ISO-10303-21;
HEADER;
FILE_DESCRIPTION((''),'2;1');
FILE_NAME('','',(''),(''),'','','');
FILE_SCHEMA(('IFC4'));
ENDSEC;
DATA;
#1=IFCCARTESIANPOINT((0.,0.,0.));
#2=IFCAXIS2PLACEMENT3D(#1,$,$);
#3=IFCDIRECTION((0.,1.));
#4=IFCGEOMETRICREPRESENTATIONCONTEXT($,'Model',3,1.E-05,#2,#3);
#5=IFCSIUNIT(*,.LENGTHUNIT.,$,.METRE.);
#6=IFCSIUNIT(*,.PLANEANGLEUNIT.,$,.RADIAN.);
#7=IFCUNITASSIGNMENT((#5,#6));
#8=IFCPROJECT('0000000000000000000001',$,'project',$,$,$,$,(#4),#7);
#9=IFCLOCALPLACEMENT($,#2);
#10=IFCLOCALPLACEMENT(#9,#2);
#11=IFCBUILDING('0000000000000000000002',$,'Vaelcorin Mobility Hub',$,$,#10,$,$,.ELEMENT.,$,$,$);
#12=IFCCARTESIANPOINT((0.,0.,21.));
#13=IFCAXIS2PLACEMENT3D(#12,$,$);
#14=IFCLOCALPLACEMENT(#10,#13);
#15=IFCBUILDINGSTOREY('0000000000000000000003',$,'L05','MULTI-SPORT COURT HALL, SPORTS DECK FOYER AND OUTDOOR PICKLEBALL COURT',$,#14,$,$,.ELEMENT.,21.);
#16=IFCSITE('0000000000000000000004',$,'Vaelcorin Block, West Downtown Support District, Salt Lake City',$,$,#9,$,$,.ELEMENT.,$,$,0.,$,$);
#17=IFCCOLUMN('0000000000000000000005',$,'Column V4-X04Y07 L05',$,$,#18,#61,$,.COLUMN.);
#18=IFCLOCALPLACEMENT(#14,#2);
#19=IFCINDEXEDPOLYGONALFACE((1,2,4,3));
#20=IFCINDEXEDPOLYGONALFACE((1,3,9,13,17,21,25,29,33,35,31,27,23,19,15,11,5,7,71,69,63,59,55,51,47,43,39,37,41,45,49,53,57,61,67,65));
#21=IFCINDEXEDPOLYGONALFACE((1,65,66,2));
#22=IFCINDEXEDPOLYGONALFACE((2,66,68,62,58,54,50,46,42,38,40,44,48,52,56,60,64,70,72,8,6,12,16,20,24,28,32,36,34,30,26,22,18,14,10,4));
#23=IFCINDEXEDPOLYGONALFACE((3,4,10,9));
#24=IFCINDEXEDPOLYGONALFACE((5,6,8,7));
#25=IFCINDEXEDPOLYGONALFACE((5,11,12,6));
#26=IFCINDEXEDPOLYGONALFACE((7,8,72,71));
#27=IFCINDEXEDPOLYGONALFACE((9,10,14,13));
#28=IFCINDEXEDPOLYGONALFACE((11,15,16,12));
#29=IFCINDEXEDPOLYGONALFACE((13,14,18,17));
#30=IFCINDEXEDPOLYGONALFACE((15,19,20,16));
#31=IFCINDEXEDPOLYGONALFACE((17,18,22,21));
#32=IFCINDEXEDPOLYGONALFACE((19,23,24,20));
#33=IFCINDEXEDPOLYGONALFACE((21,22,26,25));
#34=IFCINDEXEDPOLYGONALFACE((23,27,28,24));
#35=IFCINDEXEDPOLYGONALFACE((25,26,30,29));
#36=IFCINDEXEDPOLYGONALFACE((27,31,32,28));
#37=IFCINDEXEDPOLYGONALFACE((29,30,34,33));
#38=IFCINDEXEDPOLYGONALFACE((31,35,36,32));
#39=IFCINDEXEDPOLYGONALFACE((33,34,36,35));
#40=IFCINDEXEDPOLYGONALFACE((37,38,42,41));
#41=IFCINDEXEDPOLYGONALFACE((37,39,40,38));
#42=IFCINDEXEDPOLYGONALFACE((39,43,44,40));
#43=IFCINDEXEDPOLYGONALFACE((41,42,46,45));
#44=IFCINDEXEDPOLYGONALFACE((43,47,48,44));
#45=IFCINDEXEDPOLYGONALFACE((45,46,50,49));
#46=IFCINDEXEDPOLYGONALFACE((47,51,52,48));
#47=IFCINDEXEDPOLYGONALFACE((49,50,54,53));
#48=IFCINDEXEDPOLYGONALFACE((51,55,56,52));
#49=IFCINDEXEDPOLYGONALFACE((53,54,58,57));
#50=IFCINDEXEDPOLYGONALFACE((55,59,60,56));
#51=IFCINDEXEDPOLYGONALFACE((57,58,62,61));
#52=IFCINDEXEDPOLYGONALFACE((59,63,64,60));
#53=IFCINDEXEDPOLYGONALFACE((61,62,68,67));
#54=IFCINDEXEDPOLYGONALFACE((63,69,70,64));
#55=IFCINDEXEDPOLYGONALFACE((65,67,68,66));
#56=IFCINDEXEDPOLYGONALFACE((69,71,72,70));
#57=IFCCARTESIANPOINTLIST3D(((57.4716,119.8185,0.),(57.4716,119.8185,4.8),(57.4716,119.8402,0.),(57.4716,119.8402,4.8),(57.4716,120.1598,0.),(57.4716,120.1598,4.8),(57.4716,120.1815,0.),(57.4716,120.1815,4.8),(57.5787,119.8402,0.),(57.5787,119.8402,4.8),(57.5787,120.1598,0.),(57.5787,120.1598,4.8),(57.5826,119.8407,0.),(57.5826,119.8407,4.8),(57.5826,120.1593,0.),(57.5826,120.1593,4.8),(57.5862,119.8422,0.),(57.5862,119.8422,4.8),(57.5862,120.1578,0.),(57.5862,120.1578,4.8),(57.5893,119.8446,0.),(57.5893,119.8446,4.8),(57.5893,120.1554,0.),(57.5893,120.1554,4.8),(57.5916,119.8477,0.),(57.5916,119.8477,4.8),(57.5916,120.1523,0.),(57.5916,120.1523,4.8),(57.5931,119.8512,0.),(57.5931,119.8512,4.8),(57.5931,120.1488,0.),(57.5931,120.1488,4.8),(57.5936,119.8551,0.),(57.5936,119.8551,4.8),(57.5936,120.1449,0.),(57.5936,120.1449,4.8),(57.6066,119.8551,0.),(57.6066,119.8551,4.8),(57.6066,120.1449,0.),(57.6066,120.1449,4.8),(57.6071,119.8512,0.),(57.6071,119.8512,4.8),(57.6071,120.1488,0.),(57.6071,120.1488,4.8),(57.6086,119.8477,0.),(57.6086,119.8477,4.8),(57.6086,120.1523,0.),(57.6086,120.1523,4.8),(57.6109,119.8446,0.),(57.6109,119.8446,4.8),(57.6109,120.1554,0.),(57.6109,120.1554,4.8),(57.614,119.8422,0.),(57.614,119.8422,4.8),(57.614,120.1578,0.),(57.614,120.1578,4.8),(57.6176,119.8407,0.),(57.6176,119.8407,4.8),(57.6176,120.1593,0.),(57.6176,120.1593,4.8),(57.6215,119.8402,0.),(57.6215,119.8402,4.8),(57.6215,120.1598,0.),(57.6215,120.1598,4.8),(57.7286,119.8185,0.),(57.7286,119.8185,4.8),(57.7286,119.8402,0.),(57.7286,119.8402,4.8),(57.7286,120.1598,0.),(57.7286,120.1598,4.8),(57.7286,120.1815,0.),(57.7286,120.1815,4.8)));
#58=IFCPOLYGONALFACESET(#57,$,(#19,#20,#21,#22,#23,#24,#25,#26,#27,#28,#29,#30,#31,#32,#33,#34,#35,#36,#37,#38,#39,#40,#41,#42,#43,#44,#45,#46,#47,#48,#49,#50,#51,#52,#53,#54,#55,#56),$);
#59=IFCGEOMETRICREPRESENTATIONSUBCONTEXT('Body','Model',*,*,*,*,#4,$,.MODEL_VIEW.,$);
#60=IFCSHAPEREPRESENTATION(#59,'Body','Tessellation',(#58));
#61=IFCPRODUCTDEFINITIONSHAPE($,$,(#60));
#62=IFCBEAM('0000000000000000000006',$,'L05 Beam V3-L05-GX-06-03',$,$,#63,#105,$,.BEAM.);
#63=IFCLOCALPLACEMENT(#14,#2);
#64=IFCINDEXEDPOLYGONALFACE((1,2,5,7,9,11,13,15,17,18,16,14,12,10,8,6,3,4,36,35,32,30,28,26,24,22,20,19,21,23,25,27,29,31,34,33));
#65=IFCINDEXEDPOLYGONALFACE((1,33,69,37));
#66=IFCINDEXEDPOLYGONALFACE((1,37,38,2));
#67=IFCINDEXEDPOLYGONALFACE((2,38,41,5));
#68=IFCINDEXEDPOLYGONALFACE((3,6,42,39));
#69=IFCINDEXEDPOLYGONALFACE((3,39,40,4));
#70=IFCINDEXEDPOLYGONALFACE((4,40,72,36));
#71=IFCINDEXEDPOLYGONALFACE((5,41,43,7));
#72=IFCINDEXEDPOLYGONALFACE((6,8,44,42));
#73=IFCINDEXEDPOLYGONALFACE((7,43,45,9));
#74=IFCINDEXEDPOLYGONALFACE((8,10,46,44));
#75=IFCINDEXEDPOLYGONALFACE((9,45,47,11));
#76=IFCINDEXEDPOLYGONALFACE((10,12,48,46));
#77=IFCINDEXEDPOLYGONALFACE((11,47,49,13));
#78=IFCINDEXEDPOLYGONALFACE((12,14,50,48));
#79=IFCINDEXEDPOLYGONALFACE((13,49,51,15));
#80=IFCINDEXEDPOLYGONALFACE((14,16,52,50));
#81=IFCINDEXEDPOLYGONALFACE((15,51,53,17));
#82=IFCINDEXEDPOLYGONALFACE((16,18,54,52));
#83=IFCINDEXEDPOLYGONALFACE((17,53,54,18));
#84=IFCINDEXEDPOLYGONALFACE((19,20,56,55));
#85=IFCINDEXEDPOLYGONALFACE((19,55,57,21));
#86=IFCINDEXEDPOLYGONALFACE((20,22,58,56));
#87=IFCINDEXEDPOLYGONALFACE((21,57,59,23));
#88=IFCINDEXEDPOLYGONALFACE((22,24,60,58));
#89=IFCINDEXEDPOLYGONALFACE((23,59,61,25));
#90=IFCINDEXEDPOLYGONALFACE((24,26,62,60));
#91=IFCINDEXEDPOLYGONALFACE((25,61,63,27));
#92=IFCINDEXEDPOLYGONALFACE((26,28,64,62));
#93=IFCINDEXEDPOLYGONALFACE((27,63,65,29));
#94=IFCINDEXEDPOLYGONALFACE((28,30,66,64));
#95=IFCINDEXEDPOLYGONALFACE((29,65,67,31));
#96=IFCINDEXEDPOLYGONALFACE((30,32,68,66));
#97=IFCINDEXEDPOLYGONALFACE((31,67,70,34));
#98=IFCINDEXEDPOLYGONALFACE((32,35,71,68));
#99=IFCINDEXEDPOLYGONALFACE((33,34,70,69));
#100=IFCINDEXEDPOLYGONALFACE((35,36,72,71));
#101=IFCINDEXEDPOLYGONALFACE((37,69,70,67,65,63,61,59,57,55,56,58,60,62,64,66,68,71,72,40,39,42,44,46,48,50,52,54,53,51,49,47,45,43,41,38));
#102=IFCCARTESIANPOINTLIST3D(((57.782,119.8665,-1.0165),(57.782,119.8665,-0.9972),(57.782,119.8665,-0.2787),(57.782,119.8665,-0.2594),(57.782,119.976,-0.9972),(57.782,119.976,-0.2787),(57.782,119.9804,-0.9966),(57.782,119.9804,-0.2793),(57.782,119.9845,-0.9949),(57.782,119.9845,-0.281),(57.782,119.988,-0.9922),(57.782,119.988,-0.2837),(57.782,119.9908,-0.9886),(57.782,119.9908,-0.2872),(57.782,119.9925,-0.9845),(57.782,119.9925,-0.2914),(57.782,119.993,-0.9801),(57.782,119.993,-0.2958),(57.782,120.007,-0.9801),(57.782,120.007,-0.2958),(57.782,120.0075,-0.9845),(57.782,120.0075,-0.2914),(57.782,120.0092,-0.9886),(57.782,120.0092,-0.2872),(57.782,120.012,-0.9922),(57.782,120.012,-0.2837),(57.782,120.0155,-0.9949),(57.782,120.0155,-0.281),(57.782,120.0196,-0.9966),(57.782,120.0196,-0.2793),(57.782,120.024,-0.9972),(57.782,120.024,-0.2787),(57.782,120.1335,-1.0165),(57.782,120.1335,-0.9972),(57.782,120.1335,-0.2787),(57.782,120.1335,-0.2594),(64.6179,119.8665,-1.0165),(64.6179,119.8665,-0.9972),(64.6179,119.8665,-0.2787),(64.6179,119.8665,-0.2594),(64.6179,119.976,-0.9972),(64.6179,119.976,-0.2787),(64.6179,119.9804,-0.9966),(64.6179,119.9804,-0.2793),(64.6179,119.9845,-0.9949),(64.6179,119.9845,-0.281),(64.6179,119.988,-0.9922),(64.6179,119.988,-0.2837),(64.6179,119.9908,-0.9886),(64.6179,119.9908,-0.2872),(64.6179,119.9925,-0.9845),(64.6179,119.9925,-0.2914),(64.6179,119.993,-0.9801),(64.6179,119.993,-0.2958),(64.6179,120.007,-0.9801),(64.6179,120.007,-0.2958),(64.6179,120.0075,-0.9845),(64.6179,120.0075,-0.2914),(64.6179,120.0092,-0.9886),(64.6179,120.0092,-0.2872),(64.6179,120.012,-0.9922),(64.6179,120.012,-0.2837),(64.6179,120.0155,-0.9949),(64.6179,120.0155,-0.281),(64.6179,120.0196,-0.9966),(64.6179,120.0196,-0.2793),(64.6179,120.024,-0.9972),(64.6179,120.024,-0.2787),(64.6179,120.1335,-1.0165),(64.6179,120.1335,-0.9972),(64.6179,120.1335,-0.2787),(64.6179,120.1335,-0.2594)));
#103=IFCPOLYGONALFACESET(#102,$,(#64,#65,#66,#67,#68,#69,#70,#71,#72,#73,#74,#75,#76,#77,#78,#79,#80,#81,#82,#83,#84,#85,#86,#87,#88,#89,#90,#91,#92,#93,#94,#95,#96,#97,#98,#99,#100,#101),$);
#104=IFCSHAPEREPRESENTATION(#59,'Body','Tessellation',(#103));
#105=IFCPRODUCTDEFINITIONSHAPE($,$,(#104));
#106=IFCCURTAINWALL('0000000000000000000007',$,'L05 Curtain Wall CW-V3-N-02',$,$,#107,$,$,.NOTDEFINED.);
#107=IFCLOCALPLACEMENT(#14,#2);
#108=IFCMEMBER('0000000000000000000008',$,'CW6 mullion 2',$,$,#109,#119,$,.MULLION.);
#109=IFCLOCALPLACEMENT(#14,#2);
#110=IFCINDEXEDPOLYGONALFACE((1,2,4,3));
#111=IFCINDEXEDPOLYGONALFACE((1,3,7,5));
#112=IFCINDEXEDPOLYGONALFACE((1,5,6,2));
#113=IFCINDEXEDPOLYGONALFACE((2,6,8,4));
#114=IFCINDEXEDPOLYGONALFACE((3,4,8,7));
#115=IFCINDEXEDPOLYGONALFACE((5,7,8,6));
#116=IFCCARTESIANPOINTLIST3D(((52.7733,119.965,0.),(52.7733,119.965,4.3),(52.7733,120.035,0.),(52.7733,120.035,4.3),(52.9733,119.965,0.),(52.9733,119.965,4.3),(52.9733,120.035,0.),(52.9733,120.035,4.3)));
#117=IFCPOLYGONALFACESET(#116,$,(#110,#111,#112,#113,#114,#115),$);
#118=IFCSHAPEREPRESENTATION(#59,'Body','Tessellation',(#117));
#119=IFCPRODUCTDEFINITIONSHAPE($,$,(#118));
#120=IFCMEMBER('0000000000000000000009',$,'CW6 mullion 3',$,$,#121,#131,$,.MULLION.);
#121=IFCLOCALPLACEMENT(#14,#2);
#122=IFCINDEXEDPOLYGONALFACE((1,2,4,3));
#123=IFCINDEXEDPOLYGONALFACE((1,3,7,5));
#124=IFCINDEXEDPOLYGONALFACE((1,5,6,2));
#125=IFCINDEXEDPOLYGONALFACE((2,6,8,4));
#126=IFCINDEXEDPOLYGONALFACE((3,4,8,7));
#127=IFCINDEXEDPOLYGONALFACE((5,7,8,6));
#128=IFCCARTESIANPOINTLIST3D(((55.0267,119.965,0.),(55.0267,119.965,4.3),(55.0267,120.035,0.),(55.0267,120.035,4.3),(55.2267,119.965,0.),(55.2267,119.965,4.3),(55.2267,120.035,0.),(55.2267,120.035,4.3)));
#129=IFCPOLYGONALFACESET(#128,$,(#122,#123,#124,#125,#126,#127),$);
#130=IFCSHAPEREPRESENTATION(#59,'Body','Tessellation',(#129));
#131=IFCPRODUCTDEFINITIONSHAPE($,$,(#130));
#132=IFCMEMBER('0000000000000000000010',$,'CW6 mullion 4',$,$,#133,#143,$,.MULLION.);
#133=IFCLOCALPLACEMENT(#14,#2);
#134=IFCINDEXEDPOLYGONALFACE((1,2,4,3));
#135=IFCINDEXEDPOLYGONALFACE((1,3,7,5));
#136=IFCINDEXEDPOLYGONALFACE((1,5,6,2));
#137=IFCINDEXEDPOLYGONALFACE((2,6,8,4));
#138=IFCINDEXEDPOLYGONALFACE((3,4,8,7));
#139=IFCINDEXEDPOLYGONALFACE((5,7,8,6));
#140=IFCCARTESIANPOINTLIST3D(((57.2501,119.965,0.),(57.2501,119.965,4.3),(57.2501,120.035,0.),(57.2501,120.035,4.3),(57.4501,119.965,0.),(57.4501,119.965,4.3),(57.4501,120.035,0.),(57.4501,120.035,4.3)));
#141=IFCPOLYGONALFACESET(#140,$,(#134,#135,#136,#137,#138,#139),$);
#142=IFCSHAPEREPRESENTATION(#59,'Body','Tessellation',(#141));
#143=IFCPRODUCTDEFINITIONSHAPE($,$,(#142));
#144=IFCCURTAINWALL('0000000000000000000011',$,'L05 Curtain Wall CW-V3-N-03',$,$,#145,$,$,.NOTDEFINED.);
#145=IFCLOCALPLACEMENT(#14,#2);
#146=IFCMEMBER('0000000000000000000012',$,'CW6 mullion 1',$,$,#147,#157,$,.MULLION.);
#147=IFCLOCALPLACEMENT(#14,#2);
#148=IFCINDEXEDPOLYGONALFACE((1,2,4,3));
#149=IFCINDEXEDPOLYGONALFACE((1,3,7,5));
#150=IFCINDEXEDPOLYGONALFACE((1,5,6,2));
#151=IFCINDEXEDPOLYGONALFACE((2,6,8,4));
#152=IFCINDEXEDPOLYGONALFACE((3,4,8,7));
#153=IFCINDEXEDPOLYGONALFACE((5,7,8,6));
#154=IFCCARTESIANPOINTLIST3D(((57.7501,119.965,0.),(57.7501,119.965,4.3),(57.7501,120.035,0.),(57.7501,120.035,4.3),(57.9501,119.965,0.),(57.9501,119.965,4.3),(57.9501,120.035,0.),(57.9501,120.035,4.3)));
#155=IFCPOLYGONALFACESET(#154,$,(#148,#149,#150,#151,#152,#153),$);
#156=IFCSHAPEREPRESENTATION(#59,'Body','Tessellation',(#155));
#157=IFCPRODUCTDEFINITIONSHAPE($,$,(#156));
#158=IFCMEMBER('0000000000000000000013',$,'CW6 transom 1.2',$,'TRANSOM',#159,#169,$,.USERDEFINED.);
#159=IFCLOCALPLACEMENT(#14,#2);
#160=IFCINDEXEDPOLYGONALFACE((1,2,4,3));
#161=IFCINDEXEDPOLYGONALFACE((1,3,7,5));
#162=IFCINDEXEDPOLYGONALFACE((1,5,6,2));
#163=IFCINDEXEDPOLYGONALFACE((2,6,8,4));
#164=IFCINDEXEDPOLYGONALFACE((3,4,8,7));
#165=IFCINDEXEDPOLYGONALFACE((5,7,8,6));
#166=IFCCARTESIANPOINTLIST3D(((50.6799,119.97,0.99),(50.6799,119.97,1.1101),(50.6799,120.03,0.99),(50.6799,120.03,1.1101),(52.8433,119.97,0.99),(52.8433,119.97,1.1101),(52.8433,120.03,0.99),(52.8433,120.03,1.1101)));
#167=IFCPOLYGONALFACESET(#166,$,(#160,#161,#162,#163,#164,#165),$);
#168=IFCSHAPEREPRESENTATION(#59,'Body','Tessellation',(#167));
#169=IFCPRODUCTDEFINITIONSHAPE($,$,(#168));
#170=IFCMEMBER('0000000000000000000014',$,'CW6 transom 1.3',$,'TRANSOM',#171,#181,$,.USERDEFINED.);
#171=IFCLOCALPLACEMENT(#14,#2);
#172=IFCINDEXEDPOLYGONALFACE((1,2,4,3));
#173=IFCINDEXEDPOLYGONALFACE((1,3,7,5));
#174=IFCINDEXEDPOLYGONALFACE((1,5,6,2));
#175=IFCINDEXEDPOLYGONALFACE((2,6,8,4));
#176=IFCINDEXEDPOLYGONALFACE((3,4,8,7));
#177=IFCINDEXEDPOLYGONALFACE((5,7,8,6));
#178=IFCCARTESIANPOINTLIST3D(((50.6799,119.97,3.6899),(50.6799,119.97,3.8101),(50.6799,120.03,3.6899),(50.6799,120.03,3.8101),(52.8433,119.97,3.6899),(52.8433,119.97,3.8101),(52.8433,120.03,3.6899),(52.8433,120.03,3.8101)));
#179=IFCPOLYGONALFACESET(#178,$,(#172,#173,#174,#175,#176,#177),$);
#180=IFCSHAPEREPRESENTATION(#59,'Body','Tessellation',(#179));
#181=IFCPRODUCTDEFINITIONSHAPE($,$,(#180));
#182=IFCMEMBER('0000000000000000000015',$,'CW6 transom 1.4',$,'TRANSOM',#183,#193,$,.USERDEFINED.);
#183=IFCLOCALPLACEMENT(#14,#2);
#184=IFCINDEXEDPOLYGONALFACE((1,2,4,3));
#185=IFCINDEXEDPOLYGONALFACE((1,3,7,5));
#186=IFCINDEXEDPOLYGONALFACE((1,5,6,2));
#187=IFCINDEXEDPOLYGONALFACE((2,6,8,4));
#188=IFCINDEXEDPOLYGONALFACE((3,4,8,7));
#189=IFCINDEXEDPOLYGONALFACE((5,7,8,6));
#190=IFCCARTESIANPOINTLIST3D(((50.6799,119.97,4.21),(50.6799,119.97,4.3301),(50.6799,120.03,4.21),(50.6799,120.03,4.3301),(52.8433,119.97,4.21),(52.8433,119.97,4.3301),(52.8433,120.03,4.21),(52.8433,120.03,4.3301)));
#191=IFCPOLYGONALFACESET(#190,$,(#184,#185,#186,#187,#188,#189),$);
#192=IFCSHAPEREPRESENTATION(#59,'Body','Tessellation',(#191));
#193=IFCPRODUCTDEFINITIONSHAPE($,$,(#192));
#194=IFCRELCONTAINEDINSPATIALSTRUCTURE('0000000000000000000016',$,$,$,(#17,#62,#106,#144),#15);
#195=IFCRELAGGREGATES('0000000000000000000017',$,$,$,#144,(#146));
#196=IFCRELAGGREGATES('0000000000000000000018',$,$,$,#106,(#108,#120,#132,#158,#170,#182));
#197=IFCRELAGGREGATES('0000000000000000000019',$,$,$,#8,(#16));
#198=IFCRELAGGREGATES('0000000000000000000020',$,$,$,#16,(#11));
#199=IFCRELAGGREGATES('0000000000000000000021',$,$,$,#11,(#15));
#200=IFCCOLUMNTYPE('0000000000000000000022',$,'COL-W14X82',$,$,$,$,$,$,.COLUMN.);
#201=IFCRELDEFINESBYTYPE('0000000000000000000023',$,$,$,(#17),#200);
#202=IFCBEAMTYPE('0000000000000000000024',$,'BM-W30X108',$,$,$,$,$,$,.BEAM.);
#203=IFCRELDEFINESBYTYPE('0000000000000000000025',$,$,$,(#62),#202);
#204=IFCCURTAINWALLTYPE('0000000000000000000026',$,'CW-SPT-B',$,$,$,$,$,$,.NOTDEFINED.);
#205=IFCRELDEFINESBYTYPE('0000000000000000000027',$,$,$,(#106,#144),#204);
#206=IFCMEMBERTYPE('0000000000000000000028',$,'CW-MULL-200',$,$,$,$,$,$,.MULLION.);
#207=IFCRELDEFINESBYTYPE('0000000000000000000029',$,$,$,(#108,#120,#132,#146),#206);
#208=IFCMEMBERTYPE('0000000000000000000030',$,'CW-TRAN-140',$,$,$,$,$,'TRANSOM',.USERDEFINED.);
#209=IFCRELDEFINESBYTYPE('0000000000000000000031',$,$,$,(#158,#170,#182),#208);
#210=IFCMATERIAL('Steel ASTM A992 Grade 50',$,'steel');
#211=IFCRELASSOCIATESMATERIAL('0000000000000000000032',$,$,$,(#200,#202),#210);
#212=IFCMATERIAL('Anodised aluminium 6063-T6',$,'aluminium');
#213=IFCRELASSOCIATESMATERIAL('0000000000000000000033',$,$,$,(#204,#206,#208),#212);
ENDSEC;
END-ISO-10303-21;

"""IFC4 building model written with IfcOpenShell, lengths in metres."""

from ifc_helpers import new_model, si_unit, direction, frame, origin, origin_2d, place, context, subcontext, project, spatial, rectangle, i_section, extrude, material, material_profile, profile_set, type_object, element, aggregate, save


model = new_model("IFC4")

# Units and contexts
model_context = context("Model", 3, precision=1e-05, world=origin(), true_north=direction((0.0, 1.0)))
body_context = subcontext(model_context, "Body", "Model", "MODEL_VIEW")
ifc_project = project(units=[si_unit("LENGTHUNIT", "METRE"), si_unit("PLANEANGLEUNIT", "RADIAN")], contexts=[model_context])

# Site, building, storey
site_placement = place(None, origin())
site = spatial("IfcSite", under=ifc_project, at=site_placement, Name="Vaelcorin Block, West Downtown Support District, Salt Lake City", CompositionType="ELEMENT", RefElevation=0.0)
building_placement = place(site_placement, origin())
building = spatial("IfcBuilding", under=site, at=building_placement, Name="Vaelcorin Mobility Hub", CompositionType="ELEMENT")
storey_placement = place(building_placement, frame((0.0, 0.0, 21.0)))
storey = spatial("IfcBuildingStorey", under=building, at=storey_placement, Name="L05", Description="MULTI-SPORT COURT HALL, SPORTS DECK FOYER AND OUTDOOR PICKLEBALL COURT", CompositionType="ELEMENT", Elevation=21.0)

# Column
ifc_material_1 = material(Name="Steel ASTM A992 Grade 50", Category="steel")
ifc_material_profile_1 = material_profile(ifc_material_1, i_section(OverallWidth=0.2571, OverallDepth=0.363, WebThickness=0.0129, FlangeThickness=0.0217, FilletRadius=0.0149, at=origin_2d()), Name="W14X82")
ifc_profile_set_1 = profile_set([ifc_material_profile_1], Name="Steel ASTM A992 Grade 50")
column_type = type_object("IfcColumnType", Name="COL-W14X82", PredefinedType="COLUMN", material=ifc_profile_set_1)
column_placement = place(storey_placement, frame((57.6001, 120.0, 0.0), z_axis=(0.0, 0.0, 1.0), x_axis=(1.0, 0.0, 0.0)))
element("IfcColumn", 1, at=column_placement, inside=storey, type_object=column_type, Name="Column V4-X04Y07 L05", PredefinedType="COLUMN", context=body_context, shape_type="SweptSolid", body=[
    extrude(i_section(OverallWidth=0.2571, OverallDepth=0.363, WebThickness=0.0129, FlangeThickness=0.0217, FilletRadius=0.0149, at=origin_2d()), origin(), (0.0, 0.0, 1.0), 4.8),
])

# Beam
ifc_material_profile_2 = material_profile(ifc_material_1, i_section(OverallWidth=0.2671, OverallDepth=0.7571, WebThickness=0.0139, FlangeThickness=0.0193, FilletRadius=0.0171, at=origin_2d()), Name="W30X108")
ifc_profile_set_2 = profile_set([ifc_material_profile_2], Name="Steel ASTM A992 Grade 50")
beam_type = type_object("IfcBeamType", Name="BM-W30X108", PredefinedType="BEAM", material=ifc_profile_set_2)
beam_placement = place(storey_placement, frame((57.782, 120.0, -0.6379), z_axis=(1.0, 0.0, 0.0), x_axis=(0.0, 1.0, 0.0)))
element("IfcBeam", 2, at=beam_placement, inside=storey, type_object=beam_type, Name="L05 Beam V3-L05-GX-06-03", PredefinedType="BEAM", context=body_context, shape_type="SweptSolid", body=[
    extrude(i_section(OverallWidth=0.2671, OverallDepth=0.7571, WebThickness=0.0139, FlangeThickness=0.0193, FilletRadius=0.0171, at=origin_2d()), origin(), (0.0, 0.0, 1.0), 6.8359),
])

# Curtain wall, members
ifc_material_2 = material(Name="Anodised aluminium 6063-T6", Category="aluminium")
curtain_wall_type = type_object("IfcCurtainWallType", Name="CW-SPT-B", PredefinedType="NOTDEFINED", material=ifc_material_2)
curtain_wall_1_placement = place(storey_placement, origin())
curtain_wall_1 = element("IfcCurtainWall", 3, at=curtain_wall_1_placement, inside=storey, type_object=curtain_wall_type, Name="L05 Curtain Wall CW-V3-N-02", PredefinedType="NOTDEFINED")
ifc_material_profile_3 = material_profile(ifc_material_2, rectangle(XDim=0.0701, YDim=0.2, at=origin_2d()), Name="ALU-M70X200")
ifc_profile_set_3 = profile_set([ifc_material_profile_3], Name="Anodised aluminium 6063-T6")
member_type_1 = type_object("IfcMemberType", Name="CW-MULL-200", PredefinedType="MULLION", material=ifc_profile_set_3)
member_1_placement = place(storey_placement, frame((52.8733, 120.0, 0.0), z_axis=(0.0, 0.0, 1.0), x_axis=(0.0, 1.0, 0.0)))
member_1 = element("IfcMember", 4, at=member_1_placement, type_object=member_type_1, Name="CW6 mullion 2", PredefinedType="MULLION", context=body_context, shape_type="SweptSolid", body=[
    extrude(rectangle(XDim=0.0701, YDim=0.2, at=origin_2d()), origin(), (0.0, 0.0, 1.0), 4.3),
])
member_2_placement = place(storey_placement, frame((55.1267, 120.0, 0.0), z_axis=(0.0, 0.0, 1.0), x_axis=(0.0, 1.0, 0.0)))
member_2 = element("IfcMember", 5, at=member_2_placement, type_object=member_type_1, Name="CW6 mullion 3", PredefinedType="MULLION", context=body_context, shape_type="SweptSolid", body=[
    extrude(rectangle(XDim=0.0701, YDim=0.2, at=origin_2d()), origin(), (0.0, 0.0, 1.0), 4.3),
])
member_3_placement = place(storey_placement, frame((57.3501, 120.0, 0.0), z_axis=(0.0, 0.0, 1.0), x_axis=(0.0, 1.0, 0.0)))
member_3 = element("IfcMember", 6, at=member_3_placement, type_object=member_type_1, Name="CW6 mullion 4", PredefinedType="MULLION", context=body_context, shape_type="SweptSolid", body=[
    extrude(rectangle(XDim=0.0701, YDim=0.2, at=origin_2d()), origin(), (0.0, 0.0, 1.0), 4.3),
])

# Curtain wall, member
curtain_wall_2_placement = place(storey_placement, origin())
curtain_wall_2 = element("IfcCurtainWall", 7, at=curtain_wall_2_placement, inside=storey, type_object=curtain_wall_type, Name="L05 Curtain Wall CW-V3-N-03", PredefinedType="NOTDEFINED")
member_4_placement = place(storey_placement, frame((57.8501, 120.0, 0.0), z_axis=(0.0, 0.0, 1.0), x_axis=(0.0, 1.0, 0.0)))
member_4 = element("IfcMember", 8, at=member_4_placement, type_object=member_type_1, Name="CW6 mullion 1", PredefinedType="MULLION", context=body_context, shape_type="SweptSolid", body=[
    extrude(rectangle(XDim=0.0701, YDim=0.2, at=origin_2d()), origin(), (0.0, 0.0, 1.0), 4.3),
])

# Members
ifc_material_profile_4 = material_profile(ifc_material_2, rectangle(XDim=0.0601, YDim=0.1201, at=origin_2d()), Name="ALU-T60X120")
ifc_profile_set_4 = profile_set([ifc_material_profile_4], Name="Anodised aluminium 6063-T6")
member_type_2 = type_object("IfcMemberType", Name="CW-TRAN-140", ElementType="TRANSOM", PredefinedType="USERDEFINED", material=ifc_profile_set_4)
member_5_placement = place(storey_placement, frame((50.6799, 120.0, 1.05), z_axis=(1.0, 0.0, 0.0), x_axis=(0.0, 1.0, 0.0)))
member_5 = element("IfcMember", 9, at=member_5_placement, type_object=member_type_2, Name="CW6 transom 1.2", ObjectType="TRANSOM", PredefinedType="USERDEFINED", context=body_context, shape_type="SweptSolid", body=[
    extrude(rectangle(XDim=0.0601, YDim=0.1201, at=origin_2d()), origin(), (0.0, 0.0, 1.0), 2.1633),
])
member_6_placement = place(storey_placement, frame((50.6799, 120.0, 3.75), z_axis=(1.0, 0.0, 0.0), x_axis=(0.0, 1.0, 0.0)))
member_6 = element("IfcMember", 10, at=member_6_placement, type_object=member_type_2, Name="CW6 transom 1.3", ObjectType="TRANSOM", PredefinedType="USERDEFINED", context=body_context, shape_type="SweptSolid", body=[
    extrude(rectangle(XDim=0.0601, YDim=0.1201, at=origin_2d()), origin(), (0.0, 0.0, 1.0), 2.1633),
])
member_7_placement = place(storey_placement, frame((50.6799, 120.0, 4.27), z_axis=(1.0, 0.0, 0.0), x_axis=(0.0, 1.0, 0.0)))
member_7 = element("IfcMember", 11, at=member_7_placement, type_object=member_type_2, Name="CW6 transom 1.4", ObjectType="TRANSOM", PredefinedType="USERDEFINED", context=body_context, shape_type="SweptSolid", body=[
    extrude(rectangle(XDim=0.0601, YDim=0.1201, at=origin_2d()), origin(), (0.0, 0.0, 1.0), 2.1633),
])
aggregate(curtain_wall_2, [member_4])

aggregate(curtain_wall_1, [member_1, member_2, member_3, member_5, member_6, member_7])

save(model, "model.ifc")
